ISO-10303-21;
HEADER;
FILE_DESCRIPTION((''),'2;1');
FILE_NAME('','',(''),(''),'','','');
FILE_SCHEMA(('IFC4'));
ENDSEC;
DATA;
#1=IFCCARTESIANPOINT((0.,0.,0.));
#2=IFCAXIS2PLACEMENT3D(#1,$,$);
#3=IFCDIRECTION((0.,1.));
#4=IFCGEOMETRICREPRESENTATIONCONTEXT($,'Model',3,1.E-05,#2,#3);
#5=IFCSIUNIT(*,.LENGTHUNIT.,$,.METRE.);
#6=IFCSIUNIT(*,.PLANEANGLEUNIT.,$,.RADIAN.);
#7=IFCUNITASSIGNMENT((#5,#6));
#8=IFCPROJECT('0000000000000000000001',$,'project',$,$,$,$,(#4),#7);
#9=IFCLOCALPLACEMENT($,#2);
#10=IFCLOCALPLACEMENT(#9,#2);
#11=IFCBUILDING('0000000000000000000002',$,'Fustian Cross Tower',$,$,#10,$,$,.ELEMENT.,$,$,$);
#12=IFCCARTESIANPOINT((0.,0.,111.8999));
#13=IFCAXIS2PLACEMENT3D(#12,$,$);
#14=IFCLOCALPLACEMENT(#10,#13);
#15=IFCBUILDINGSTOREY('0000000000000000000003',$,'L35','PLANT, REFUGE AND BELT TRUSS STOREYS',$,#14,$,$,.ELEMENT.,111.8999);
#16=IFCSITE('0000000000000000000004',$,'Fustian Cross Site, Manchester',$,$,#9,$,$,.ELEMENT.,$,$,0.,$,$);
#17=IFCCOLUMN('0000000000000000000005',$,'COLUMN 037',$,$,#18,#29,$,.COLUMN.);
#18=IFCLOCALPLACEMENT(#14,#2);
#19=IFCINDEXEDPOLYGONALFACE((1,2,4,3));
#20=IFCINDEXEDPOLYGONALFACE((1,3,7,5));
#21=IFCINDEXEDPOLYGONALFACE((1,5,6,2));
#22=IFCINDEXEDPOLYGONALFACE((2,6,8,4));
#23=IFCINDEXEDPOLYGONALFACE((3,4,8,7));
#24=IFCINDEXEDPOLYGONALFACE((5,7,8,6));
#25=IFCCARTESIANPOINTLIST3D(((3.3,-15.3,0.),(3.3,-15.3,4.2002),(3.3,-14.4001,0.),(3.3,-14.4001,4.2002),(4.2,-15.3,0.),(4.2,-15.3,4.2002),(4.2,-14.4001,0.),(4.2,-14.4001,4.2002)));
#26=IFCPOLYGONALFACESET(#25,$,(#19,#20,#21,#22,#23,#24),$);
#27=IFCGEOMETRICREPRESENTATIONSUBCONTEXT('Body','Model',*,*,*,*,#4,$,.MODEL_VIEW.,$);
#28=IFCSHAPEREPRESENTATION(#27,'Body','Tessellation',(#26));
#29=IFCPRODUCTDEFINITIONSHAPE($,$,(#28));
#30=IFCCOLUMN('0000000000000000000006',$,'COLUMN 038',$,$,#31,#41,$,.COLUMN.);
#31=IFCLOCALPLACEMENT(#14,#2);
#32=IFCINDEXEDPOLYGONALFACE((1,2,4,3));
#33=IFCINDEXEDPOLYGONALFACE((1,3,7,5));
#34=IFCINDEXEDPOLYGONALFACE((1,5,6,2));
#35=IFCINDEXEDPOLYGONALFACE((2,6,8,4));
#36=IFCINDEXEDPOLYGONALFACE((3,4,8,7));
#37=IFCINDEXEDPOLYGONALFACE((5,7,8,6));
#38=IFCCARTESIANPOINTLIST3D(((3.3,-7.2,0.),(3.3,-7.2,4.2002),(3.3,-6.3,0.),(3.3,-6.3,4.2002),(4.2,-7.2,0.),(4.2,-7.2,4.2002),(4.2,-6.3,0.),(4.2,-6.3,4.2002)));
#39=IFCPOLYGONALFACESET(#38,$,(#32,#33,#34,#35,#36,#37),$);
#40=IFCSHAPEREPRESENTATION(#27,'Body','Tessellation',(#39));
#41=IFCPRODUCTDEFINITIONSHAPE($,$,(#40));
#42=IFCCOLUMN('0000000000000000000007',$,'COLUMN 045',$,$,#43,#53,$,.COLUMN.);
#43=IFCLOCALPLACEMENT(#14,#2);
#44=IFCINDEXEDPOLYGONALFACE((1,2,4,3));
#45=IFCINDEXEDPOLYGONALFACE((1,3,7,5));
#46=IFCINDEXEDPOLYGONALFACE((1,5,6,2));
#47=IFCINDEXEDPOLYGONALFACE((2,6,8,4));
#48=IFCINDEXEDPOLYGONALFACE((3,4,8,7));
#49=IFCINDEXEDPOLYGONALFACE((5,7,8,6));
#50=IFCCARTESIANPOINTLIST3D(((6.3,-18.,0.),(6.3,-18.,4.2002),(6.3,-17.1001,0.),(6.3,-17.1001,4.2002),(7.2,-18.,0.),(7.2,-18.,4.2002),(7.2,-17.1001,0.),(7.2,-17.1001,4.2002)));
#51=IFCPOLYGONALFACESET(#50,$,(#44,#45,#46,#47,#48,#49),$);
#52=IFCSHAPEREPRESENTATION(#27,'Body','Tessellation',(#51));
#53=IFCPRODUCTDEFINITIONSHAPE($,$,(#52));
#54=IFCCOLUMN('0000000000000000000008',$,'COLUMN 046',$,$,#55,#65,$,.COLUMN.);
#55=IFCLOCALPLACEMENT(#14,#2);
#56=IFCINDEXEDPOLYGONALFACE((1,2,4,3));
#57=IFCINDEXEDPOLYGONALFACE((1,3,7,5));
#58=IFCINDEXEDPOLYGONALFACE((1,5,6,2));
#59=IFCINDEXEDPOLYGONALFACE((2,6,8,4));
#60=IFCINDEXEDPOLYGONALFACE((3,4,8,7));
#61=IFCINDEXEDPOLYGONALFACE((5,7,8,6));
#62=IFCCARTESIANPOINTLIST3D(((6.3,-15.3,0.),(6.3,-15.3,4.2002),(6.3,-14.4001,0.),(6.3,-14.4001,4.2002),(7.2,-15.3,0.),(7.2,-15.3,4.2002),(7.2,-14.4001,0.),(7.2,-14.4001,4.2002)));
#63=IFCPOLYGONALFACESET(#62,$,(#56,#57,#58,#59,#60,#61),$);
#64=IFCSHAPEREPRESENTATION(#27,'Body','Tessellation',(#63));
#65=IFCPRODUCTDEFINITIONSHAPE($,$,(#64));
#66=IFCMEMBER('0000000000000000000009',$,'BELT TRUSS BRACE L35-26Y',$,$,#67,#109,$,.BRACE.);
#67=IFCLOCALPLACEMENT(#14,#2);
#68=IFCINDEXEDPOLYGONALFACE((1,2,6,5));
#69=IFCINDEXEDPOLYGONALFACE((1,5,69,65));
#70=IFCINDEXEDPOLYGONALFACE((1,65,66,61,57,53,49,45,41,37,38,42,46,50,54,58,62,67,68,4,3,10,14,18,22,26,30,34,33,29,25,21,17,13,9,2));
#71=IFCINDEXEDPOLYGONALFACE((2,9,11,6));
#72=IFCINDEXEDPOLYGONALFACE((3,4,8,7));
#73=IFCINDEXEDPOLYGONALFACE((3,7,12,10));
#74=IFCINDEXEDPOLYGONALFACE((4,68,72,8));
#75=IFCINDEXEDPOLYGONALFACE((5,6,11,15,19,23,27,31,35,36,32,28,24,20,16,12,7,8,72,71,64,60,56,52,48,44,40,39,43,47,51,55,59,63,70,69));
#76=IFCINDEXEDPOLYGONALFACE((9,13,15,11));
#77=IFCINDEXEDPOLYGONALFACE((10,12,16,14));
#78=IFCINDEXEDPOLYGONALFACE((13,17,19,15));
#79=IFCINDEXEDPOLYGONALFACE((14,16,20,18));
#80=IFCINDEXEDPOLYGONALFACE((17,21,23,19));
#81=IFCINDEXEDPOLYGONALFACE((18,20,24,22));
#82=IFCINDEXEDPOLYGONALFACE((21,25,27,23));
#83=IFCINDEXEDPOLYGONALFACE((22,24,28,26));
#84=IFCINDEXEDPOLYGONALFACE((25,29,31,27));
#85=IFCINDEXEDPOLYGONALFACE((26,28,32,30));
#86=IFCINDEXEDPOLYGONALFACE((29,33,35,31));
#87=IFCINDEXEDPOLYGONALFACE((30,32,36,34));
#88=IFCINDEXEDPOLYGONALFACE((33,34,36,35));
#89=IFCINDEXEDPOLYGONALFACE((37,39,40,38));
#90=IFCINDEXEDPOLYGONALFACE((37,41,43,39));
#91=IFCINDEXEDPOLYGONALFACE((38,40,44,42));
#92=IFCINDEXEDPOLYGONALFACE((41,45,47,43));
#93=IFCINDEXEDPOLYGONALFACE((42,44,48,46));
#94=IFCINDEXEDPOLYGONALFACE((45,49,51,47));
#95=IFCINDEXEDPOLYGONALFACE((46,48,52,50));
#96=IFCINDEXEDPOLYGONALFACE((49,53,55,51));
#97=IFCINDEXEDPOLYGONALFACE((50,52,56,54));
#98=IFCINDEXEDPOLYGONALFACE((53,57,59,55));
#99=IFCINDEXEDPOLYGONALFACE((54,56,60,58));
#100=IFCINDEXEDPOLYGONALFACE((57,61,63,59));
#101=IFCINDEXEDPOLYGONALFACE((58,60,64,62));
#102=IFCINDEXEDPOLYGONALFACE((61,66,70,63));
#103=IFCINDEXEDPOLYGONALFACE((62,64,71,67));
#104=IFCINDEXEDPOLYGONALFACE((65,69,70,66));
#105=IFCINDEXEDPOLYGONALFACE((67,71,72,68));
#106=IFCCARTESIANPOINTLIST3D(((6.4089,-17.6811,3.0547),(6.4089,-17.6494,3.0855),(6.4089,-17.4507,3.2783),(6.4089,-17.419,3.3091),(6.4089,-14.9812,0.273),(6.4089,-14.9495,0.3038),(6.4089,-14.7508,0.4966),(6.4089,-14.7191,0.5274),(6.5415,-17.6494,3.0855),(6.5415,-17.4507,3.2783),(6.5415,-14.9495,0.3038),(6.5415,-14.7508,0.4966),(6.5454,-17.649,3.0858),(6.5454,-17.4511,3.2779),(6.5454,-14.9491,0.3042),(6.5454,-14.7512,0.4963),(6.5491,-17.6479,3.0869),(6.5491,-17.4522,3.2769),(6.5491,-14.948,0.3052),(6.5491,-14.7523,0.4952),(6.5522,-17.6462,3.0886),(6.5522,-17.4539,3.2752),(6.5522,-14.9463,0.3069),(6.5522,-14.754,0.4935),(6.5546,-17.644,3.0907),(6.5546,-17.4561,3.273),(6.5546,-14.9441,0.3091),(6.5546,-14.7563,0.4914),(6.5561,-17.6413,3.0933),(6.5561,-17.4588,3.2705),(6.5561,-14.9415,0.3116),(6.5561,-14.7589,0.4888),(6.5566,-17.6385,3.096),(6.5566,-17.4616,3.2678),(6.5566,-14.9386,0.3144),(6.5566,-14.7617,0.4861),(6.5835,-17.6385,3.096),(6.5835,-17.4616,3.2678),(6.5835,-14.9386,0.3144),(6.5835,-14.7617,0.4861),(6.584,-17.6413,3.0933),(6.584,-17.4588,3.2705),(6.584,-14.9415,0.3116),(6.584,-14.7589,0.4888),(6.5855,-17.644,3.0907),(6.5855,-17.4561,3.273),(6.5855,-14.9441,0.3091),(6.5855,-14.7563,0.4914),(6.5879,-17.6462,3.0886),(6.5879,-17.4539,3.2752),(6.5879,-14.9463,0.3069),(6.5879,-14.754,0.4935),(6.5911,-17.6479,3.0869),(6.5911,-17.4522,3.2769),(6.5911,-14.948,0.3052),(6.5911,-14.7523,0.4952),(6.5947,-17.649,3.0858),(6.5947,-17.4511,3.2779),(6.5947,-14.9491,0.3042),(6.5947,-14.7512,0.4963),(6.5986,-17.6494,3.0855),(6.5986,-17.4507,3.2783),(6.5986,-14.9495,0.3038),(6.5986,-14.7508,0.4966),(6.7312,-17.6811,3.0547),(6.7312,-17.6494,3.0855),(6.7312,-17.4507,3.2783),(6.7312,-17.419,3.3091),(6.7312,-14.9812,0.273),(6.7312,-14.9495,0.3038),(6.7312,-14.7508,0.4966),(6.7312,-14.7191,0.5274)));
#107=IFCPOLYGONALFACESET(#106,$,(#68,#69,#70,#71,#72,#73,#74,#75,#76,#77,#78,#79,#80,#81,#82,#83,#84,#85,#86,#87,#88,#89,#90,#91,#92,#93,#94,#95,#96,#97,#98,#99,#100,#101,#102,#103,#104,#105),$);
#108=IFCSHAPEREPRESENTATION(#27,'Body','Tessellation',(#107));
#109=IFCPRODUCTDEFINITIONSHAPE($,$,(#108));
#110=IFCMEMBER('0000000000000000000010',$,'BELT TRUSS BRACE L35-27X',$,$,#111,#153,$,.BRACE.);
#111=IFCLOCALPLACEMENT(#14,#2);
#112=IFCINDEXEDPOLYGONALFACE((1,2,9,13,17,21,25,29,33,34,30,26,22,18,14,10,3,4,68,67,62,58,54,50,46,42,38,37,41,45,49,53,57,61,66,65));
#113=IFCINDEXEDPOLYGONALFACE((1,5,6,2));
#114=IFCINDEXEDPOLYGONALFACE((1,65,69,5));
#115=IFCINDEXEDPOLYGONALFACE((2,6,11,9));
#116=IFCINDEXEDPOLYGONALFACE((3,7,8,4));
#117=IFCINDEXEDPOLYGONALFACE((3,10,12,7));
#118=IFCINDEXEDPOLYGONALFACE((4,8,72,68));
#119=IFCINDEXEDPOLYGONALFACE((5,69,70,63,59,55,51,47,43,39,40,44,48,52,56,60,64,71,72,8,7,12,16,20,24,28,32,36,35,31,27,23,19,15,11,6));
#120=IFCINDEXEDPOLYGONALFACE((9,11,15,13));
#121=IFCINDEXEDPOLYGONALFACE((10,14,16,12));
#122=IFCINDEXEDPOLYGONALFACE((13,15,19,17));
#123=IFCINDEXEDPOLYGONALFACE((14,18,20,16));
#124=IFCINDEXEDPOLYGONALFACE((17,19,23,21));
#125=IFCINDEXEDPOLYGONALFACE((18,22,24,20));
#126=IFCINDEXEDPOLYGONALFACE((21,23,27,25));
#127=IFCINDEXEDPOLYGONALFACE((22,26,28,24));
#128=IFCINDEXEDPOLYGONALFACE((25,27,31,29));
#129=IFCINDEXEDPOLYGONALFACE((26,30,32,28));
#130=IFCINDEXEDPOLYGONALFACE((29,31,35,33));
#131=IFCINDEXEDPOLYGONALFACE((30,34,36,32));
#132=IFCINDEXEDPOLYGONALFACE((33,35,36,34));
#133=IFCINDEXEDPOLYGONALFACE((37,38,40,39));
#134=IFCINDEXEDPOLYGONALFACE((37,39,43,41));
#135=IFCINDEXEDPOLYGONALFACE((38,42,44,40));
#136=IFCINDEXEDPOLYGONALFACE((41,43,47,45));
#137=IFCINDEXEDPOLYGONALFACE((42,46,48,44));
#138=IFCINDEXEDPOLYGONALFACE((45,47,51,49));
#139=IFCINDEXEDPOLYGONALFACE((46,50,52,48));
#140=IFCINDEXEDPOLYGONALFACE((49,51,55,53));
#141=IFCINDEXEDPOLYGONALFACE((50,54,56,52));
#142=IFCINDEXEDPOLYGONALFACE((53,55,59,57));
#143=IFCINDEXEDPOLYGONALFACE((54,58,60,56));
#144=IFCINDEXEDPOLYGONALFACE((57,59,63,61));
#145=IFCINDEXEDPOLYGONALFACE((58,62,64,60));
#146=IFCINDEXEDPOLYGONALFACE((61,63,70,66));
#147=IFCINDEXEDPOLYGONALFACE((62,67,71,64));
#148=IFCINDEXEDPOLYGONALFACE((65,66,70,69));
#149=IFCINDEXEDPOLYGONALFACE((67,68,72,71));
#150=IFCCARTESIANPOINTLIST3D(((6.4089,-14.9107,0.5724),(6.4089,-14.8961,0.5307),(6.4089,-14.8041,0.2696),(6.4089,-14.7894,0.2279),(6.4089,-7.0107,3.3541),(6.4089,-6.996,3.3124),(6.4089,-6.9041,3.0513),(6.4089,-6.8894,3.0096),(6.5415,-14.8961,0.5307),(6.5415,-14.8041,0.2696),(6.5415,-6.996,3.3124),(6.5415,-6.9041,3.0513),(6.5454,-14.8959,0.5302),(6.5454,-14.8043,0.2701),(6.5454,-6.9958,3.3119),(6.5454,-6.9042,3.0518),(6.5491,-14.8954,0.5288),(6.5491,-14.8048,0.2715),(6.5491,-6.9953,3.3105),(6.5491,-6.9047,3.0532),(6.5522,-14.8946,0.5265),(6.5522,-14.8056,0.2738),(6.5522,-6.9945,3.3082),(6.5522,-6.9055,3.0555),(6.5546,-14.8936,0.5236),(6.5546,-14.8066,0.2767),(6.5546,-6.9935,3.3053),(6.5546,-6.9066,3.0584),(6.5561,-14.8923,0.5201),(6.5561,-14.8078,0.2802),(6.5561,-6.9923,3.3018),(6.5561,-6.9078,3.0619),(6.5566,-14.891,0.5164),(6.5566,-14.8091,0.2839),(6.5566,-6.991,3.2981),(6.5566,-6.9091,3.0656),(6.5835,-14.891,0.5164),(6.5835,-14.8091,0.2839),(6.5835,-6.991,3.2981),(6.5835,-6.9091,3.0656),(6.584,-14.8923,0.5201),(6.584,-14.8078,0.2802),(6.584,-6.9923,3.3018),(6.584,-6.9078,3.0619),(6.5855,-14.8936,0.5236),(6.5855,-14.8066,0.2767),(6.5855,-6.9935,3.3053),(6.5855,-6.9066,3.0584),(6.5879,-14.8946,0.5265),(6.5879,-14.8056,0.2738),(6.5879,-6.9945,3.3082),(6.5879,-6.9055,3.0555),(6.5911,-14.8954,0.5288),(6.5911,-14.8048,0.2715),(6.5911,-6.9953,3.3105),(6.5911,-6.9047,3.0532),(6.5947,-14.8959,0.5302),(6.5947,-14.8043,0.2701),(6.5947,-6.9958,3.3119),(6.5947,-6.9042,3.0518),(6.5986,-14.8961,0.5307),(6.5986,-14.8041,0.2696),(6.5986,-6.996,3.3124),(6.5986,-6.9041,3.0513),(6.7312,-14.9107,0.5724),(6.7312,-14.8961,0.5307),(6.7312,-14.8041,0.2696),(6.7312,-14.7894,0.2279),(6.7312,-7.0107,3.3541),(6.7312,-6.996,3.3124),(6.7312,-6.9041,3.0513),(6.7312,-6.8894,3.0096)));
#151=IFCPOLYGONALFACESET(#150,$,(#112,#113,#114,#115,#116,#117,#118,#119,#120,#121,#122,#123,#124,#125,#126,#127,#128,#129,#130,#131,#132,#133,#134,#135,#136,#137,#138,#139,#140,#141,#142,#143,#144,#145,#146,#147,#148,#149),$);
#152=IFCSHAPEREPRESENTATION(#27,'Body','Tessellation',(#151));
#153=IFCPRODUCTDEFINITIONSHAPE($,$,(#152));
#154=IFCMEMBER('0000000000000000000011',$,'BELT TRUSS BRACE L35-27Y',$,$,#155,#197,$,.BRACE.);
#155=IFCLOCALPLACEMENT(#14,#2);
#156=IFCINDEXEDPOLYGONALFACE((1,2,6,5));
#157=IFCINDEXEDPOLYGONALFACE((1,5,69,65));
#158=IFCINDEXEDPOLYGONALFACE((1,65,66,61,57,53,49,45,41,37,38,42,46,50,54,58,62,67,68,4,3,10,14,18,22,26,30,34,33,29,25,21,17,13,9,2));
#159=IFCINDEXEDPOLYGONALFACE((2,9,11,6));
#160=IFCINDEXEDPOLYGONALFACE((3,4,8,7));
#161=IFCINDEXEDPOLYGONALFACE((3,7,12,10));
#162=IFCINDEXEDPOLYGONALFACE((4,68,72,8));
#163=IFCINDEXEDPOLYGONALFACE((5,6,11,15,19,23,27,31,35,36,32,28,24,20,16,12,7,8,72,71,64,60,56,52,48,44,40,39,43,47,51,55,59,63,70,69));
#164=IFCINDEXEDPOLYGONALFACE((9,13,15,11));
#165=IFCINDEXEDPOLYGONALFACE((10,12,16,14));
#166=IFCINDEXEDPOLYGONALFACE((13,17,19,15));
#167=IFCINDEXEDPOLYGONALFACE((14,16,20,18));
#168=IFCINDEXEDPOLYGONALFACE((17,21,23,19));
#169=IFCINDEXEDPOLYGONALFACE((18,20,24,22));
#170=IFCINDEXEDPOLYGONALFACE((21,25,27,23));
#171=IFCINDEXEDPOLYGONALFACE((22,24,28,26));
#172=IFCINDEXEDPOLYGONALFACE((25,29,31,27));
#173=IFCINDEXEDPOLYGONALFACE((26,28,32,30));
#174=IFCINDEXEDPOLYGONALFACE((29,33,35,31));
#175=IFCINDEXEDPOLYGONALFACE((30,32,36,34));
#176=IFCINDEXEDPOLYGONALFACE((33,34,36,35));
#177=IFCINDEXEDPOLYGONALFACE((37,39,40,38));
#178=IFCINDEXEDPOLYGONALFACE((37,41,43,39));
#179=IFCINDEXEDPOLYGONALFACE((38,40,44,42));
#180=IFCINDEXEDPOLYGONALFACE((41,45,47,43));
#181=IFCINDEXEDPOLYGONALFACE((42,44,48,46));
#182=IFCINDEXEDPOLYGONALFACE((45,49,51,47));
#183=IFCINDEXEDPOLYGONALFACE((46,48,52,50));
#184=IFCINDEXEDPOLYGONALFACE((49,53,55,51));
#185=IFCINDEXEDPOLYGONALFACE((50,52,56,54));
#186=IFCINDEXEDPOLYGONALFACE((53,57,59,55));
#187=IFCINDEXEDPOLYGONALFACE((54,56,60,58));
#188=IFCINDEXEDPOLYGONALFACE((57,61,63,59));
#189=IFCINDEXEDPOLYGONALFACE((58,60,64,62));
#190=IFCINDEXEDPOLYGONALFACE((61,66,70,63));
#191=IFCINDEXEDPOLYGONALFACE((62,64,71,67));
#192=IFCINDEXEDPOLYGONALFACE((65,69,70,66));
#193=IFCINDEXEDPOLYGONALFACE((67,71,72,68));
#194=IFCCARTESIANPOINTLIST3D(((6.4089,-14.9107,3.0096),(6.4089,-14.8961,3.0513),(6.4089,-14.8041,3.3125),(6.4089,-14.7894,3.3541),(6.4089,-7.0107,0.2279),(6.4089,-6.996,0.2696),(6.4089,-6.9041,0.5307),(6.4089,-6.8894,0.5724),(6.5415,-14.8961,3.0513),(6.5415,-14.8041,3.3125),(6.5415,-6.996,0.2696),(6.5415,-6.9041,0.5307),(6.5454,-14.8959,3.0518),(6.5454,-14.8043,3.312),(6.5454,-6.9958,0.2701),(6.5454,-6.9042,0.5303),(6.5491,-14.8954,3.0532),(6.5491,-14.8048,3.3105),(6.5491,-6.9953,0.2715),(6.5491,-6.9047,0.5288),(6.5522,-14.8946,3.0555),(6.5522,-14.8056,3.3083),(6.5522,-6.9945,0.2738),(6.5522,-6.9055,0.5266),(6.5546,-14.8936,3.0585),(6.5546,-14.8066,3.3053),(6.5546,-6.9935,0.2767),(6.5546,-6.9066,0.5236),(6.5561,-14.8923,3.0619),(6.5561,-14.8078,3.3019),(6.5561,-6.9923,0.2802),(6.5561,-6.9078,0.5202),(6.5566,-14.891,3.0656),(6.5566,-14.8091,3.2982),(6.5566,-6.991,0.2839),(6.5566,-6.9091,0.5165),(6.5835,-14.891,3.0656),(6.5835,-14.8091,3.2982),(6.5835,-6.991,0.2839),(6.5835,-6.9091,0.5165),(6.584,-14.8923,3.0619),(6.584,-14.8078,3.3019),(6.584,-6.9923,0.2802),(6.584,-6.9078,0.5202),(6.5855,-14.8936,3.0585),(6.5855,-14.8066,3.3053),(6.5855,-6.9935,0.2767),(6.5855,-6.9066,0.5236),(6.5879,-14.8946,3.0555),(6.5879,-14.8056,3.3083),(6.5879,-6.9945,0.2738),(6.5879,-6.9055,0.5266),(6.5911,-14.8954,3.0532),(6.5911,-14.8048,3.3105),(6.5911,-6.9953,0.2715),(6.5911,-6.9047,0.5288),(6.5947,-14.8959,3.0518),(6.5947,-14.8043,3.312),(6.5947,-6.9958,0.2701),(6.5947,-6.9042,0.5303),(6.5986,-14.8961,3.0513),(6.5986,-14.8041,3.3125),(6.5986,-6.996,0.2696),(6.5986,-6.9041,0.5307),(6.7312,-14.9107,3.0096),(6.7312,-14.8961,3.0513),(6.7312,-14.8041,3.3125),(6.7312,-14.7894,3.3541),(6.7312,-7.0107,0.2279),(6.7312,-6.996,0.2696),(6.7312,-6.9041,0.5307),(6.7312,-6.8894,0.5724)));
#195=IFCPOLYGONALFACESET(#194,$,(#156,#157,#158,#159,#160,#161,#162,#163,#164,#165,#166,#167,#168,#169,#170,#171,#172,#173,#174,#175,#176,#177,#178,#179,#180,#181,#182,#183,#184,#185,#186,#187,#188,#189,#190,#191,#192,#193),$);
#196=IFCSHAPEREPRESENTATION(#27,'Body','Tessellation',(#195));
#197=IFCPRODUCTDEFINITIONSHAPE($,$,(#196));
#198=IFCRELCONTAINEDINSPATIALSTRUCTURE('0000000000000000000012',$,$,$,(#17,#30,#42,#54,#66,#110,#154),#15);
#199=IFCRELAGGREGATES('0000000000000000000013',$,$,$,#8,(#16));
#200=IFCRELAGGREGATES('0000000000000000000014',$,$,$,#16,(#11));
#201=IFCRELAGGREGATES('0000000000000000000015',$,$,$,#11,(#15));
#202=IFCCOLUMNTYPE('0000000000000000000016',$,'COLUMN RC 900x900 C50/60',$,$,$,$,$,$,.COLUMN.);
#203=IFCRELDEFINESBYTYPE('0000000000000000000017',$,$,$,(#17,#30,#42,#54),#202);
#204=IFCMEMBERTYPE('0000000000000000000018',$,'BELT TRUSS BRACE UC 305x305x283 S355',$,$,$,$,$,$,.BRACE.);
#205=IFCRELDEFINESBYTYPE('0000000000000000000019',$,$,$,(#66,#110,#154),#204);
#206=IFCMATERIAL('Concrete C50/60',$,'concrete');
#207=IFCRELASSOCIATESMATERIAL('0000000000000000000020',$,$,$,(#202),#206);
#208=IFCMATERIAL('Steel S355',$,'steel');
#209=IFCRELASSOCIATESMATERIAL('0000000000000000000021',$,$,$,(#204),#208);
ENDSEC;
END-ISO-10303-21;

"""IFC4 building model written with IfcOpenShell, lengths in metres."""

from ifc_helpers import new_model, si_unit, direction, frame, origin, origin_2d, place, context, subcontext, project, spatial, rectangle, i_section, extrude, material, material_profile, profile_set, type_object, element, save


model = new_model("IFC4")

# Units and contexts
model_context = context("Model", 3, precision=1e-05, world=origin(), true_north=direction((0.0, 1.0)))
body_context = subcontext(model_context, "Body", "Model", "MODEL_VIEW")
ifc_project = project(units=[si_unit("LENGTHUNIT", "METRE"), si_unit("PLANEANGLEUNIT", "RADIAN")], contexts=[model_context])

# Site, building, storey
site_placement = place(None, origin())
site = spatial("IfcSite", under=ifc_project, at=site_placement, Name="Fustian Cross Site, Manchester", CompositionType="ELEMENT", RefElevation=0.0)
building_placement = place(site_placement, origin())
building = spatial("IfcBuilding", under=site, at=building_placement, Name="Fustian Cross Tower", CompositionType="ELEMENT")
storey_placement = place(building_placement, frame((0.0, 0.0, 111.8999)))
storey = spatial("IfcBuildingStorey", under=building, at=storey_placement, Name="L35", Description="PLANT, REFUGE AND BELT TRUSS STOREYS", CompositionType="ELEMENT", Elevation=111.8999)

# Columns
ifc_material_1 = material(Name="Concrete C50/60", Category="concrete")
ifc_material_profile_1 = material_profile(ifc_material_1, rectangle(XDim=0.8999, YDim=0.8999, at=origin_2d()), Name="RC 900x900")
ifc_profile_set_1 = profile_set([ifc_material_profile_1], Name="Concrete C50/60")
column_type = type_object("IfcColumnType", Name="COLUMN RC 900x900 C50/60", PredefinedType="COLUMN", material=ifc_profile_set_1)
for number, where, z_axis, x_axis, name in (
    (1, (3.75, -14.8501, 0.0), (0.0, 0.0, 1.0), (1.0, 0.0, 0.0), "COLUMN 037"),
    (2, (3.75, -6.75, 0.0), (0.0, 0.0, 1.0), (1.0, 0.0, 0.0), "COLUMN 038"),
    (3, (6.75, -17.55, 0.0), (0.0, 0.0, 1.0), (1.0, 0.0, 0.0), "COLUMN 045"),
    (4, (6.75, -14.8501, 0.0), (0.0, 0.0, 1.0), (1.0, 0.0, 0.0), "COLUMN 046"),
):
    element("IfcColumn", number, at=place(storey_placement, frame(where, z_axis=z_axis, x_axis=x_axis)), inside=storey, type_object=column_type, Name=name, PredefinedType="COLUMN", context=body_context, shape_type="SweptSolid", body=[
        extrude(rectangle(XDim=0.8999, YDim=0.8999, at=origin_2d()), origin(), (0.0, 0.0, 1.0), 4.2002),
    ])

# Members
ifc_material_2 = material(Name="Steel S355", Category="steel")
ifc_material_profile_2 = material_profile(ifc_material_2, i_section(OverallWidth=0.3223, OverallDepth=0.3652, WebThickness=0.0269, FlangeThickness=0.0442, FilletRadius=0.0151, at=origin_2d()), Name="UC 305x305x283")
ifc_profile_set_2 = profile_set([ifc_material_profile_2], Name="Steel S355")
member_type_1 = type_object("IfcMemberType", Name="BELT TRUSS BRACE UC 305x305x283 S355", PredefinedType="BRACE", material=ifc_profile_set_2)
member_placement = place(storey_placement, frame((6.5701, -17.55, 3.1819), z_axis=(0.0, 0.696479, -0.717577), x_axis=(-1.0, 0.0, 0.0)))
element("IfcMember", 5, at=member_placement, inside=storey, type_object=member_type_1, Name="BELT TRUSS BRACE L35-26Y", PredefinedType="BRACE", context=body_context, shape_type="SweptSolid", body=[
    extrude(i_section(OverallWidth=0.3223, OverallDepth=0.3652, WebThickness=0.0269, FlangeThickness=0.0442, FilletRadius=0.0151, at=origin_2d()), origin(), (0.0, 0.0, 1.0), 3.8765),
])
for number, where, z_axis, x_axis, name in (
    (6, (6.5701, -14.8501, 0.4001), (0.0, 0.943235, 0.332125), (-1.0, 0.0, 0.0), "BELT TRUSS BRACE L35-27X"),
    (7, (6.5701, -14.8501, 3.1819), (0.0, 0.943235, -0.332125), (-1.0, 0.0, 0.0), "BELT TRUSS BRACE L35-27Y"),
):
    element("IfcMember", number, at=place(storey_placement, frame(where, z_axis=z_axis, x_axis=x_axis)), inside=storey, type_object=member_type_1, Name=name, PredefinedType="BRACE", context=body_context, shape_type="SweptSolid", body=[
        extrude(i_section(OverallWidth=0.3223, OverallDepth=0.3652, WebThickness=0.0269, FlangeThickness=0.0442, FilletRadius=0.0151, at=origin_2d()), origin(), (0.0, 0.0, 1.0), 8.3755),
    ])

save(model, "model.ifc")
